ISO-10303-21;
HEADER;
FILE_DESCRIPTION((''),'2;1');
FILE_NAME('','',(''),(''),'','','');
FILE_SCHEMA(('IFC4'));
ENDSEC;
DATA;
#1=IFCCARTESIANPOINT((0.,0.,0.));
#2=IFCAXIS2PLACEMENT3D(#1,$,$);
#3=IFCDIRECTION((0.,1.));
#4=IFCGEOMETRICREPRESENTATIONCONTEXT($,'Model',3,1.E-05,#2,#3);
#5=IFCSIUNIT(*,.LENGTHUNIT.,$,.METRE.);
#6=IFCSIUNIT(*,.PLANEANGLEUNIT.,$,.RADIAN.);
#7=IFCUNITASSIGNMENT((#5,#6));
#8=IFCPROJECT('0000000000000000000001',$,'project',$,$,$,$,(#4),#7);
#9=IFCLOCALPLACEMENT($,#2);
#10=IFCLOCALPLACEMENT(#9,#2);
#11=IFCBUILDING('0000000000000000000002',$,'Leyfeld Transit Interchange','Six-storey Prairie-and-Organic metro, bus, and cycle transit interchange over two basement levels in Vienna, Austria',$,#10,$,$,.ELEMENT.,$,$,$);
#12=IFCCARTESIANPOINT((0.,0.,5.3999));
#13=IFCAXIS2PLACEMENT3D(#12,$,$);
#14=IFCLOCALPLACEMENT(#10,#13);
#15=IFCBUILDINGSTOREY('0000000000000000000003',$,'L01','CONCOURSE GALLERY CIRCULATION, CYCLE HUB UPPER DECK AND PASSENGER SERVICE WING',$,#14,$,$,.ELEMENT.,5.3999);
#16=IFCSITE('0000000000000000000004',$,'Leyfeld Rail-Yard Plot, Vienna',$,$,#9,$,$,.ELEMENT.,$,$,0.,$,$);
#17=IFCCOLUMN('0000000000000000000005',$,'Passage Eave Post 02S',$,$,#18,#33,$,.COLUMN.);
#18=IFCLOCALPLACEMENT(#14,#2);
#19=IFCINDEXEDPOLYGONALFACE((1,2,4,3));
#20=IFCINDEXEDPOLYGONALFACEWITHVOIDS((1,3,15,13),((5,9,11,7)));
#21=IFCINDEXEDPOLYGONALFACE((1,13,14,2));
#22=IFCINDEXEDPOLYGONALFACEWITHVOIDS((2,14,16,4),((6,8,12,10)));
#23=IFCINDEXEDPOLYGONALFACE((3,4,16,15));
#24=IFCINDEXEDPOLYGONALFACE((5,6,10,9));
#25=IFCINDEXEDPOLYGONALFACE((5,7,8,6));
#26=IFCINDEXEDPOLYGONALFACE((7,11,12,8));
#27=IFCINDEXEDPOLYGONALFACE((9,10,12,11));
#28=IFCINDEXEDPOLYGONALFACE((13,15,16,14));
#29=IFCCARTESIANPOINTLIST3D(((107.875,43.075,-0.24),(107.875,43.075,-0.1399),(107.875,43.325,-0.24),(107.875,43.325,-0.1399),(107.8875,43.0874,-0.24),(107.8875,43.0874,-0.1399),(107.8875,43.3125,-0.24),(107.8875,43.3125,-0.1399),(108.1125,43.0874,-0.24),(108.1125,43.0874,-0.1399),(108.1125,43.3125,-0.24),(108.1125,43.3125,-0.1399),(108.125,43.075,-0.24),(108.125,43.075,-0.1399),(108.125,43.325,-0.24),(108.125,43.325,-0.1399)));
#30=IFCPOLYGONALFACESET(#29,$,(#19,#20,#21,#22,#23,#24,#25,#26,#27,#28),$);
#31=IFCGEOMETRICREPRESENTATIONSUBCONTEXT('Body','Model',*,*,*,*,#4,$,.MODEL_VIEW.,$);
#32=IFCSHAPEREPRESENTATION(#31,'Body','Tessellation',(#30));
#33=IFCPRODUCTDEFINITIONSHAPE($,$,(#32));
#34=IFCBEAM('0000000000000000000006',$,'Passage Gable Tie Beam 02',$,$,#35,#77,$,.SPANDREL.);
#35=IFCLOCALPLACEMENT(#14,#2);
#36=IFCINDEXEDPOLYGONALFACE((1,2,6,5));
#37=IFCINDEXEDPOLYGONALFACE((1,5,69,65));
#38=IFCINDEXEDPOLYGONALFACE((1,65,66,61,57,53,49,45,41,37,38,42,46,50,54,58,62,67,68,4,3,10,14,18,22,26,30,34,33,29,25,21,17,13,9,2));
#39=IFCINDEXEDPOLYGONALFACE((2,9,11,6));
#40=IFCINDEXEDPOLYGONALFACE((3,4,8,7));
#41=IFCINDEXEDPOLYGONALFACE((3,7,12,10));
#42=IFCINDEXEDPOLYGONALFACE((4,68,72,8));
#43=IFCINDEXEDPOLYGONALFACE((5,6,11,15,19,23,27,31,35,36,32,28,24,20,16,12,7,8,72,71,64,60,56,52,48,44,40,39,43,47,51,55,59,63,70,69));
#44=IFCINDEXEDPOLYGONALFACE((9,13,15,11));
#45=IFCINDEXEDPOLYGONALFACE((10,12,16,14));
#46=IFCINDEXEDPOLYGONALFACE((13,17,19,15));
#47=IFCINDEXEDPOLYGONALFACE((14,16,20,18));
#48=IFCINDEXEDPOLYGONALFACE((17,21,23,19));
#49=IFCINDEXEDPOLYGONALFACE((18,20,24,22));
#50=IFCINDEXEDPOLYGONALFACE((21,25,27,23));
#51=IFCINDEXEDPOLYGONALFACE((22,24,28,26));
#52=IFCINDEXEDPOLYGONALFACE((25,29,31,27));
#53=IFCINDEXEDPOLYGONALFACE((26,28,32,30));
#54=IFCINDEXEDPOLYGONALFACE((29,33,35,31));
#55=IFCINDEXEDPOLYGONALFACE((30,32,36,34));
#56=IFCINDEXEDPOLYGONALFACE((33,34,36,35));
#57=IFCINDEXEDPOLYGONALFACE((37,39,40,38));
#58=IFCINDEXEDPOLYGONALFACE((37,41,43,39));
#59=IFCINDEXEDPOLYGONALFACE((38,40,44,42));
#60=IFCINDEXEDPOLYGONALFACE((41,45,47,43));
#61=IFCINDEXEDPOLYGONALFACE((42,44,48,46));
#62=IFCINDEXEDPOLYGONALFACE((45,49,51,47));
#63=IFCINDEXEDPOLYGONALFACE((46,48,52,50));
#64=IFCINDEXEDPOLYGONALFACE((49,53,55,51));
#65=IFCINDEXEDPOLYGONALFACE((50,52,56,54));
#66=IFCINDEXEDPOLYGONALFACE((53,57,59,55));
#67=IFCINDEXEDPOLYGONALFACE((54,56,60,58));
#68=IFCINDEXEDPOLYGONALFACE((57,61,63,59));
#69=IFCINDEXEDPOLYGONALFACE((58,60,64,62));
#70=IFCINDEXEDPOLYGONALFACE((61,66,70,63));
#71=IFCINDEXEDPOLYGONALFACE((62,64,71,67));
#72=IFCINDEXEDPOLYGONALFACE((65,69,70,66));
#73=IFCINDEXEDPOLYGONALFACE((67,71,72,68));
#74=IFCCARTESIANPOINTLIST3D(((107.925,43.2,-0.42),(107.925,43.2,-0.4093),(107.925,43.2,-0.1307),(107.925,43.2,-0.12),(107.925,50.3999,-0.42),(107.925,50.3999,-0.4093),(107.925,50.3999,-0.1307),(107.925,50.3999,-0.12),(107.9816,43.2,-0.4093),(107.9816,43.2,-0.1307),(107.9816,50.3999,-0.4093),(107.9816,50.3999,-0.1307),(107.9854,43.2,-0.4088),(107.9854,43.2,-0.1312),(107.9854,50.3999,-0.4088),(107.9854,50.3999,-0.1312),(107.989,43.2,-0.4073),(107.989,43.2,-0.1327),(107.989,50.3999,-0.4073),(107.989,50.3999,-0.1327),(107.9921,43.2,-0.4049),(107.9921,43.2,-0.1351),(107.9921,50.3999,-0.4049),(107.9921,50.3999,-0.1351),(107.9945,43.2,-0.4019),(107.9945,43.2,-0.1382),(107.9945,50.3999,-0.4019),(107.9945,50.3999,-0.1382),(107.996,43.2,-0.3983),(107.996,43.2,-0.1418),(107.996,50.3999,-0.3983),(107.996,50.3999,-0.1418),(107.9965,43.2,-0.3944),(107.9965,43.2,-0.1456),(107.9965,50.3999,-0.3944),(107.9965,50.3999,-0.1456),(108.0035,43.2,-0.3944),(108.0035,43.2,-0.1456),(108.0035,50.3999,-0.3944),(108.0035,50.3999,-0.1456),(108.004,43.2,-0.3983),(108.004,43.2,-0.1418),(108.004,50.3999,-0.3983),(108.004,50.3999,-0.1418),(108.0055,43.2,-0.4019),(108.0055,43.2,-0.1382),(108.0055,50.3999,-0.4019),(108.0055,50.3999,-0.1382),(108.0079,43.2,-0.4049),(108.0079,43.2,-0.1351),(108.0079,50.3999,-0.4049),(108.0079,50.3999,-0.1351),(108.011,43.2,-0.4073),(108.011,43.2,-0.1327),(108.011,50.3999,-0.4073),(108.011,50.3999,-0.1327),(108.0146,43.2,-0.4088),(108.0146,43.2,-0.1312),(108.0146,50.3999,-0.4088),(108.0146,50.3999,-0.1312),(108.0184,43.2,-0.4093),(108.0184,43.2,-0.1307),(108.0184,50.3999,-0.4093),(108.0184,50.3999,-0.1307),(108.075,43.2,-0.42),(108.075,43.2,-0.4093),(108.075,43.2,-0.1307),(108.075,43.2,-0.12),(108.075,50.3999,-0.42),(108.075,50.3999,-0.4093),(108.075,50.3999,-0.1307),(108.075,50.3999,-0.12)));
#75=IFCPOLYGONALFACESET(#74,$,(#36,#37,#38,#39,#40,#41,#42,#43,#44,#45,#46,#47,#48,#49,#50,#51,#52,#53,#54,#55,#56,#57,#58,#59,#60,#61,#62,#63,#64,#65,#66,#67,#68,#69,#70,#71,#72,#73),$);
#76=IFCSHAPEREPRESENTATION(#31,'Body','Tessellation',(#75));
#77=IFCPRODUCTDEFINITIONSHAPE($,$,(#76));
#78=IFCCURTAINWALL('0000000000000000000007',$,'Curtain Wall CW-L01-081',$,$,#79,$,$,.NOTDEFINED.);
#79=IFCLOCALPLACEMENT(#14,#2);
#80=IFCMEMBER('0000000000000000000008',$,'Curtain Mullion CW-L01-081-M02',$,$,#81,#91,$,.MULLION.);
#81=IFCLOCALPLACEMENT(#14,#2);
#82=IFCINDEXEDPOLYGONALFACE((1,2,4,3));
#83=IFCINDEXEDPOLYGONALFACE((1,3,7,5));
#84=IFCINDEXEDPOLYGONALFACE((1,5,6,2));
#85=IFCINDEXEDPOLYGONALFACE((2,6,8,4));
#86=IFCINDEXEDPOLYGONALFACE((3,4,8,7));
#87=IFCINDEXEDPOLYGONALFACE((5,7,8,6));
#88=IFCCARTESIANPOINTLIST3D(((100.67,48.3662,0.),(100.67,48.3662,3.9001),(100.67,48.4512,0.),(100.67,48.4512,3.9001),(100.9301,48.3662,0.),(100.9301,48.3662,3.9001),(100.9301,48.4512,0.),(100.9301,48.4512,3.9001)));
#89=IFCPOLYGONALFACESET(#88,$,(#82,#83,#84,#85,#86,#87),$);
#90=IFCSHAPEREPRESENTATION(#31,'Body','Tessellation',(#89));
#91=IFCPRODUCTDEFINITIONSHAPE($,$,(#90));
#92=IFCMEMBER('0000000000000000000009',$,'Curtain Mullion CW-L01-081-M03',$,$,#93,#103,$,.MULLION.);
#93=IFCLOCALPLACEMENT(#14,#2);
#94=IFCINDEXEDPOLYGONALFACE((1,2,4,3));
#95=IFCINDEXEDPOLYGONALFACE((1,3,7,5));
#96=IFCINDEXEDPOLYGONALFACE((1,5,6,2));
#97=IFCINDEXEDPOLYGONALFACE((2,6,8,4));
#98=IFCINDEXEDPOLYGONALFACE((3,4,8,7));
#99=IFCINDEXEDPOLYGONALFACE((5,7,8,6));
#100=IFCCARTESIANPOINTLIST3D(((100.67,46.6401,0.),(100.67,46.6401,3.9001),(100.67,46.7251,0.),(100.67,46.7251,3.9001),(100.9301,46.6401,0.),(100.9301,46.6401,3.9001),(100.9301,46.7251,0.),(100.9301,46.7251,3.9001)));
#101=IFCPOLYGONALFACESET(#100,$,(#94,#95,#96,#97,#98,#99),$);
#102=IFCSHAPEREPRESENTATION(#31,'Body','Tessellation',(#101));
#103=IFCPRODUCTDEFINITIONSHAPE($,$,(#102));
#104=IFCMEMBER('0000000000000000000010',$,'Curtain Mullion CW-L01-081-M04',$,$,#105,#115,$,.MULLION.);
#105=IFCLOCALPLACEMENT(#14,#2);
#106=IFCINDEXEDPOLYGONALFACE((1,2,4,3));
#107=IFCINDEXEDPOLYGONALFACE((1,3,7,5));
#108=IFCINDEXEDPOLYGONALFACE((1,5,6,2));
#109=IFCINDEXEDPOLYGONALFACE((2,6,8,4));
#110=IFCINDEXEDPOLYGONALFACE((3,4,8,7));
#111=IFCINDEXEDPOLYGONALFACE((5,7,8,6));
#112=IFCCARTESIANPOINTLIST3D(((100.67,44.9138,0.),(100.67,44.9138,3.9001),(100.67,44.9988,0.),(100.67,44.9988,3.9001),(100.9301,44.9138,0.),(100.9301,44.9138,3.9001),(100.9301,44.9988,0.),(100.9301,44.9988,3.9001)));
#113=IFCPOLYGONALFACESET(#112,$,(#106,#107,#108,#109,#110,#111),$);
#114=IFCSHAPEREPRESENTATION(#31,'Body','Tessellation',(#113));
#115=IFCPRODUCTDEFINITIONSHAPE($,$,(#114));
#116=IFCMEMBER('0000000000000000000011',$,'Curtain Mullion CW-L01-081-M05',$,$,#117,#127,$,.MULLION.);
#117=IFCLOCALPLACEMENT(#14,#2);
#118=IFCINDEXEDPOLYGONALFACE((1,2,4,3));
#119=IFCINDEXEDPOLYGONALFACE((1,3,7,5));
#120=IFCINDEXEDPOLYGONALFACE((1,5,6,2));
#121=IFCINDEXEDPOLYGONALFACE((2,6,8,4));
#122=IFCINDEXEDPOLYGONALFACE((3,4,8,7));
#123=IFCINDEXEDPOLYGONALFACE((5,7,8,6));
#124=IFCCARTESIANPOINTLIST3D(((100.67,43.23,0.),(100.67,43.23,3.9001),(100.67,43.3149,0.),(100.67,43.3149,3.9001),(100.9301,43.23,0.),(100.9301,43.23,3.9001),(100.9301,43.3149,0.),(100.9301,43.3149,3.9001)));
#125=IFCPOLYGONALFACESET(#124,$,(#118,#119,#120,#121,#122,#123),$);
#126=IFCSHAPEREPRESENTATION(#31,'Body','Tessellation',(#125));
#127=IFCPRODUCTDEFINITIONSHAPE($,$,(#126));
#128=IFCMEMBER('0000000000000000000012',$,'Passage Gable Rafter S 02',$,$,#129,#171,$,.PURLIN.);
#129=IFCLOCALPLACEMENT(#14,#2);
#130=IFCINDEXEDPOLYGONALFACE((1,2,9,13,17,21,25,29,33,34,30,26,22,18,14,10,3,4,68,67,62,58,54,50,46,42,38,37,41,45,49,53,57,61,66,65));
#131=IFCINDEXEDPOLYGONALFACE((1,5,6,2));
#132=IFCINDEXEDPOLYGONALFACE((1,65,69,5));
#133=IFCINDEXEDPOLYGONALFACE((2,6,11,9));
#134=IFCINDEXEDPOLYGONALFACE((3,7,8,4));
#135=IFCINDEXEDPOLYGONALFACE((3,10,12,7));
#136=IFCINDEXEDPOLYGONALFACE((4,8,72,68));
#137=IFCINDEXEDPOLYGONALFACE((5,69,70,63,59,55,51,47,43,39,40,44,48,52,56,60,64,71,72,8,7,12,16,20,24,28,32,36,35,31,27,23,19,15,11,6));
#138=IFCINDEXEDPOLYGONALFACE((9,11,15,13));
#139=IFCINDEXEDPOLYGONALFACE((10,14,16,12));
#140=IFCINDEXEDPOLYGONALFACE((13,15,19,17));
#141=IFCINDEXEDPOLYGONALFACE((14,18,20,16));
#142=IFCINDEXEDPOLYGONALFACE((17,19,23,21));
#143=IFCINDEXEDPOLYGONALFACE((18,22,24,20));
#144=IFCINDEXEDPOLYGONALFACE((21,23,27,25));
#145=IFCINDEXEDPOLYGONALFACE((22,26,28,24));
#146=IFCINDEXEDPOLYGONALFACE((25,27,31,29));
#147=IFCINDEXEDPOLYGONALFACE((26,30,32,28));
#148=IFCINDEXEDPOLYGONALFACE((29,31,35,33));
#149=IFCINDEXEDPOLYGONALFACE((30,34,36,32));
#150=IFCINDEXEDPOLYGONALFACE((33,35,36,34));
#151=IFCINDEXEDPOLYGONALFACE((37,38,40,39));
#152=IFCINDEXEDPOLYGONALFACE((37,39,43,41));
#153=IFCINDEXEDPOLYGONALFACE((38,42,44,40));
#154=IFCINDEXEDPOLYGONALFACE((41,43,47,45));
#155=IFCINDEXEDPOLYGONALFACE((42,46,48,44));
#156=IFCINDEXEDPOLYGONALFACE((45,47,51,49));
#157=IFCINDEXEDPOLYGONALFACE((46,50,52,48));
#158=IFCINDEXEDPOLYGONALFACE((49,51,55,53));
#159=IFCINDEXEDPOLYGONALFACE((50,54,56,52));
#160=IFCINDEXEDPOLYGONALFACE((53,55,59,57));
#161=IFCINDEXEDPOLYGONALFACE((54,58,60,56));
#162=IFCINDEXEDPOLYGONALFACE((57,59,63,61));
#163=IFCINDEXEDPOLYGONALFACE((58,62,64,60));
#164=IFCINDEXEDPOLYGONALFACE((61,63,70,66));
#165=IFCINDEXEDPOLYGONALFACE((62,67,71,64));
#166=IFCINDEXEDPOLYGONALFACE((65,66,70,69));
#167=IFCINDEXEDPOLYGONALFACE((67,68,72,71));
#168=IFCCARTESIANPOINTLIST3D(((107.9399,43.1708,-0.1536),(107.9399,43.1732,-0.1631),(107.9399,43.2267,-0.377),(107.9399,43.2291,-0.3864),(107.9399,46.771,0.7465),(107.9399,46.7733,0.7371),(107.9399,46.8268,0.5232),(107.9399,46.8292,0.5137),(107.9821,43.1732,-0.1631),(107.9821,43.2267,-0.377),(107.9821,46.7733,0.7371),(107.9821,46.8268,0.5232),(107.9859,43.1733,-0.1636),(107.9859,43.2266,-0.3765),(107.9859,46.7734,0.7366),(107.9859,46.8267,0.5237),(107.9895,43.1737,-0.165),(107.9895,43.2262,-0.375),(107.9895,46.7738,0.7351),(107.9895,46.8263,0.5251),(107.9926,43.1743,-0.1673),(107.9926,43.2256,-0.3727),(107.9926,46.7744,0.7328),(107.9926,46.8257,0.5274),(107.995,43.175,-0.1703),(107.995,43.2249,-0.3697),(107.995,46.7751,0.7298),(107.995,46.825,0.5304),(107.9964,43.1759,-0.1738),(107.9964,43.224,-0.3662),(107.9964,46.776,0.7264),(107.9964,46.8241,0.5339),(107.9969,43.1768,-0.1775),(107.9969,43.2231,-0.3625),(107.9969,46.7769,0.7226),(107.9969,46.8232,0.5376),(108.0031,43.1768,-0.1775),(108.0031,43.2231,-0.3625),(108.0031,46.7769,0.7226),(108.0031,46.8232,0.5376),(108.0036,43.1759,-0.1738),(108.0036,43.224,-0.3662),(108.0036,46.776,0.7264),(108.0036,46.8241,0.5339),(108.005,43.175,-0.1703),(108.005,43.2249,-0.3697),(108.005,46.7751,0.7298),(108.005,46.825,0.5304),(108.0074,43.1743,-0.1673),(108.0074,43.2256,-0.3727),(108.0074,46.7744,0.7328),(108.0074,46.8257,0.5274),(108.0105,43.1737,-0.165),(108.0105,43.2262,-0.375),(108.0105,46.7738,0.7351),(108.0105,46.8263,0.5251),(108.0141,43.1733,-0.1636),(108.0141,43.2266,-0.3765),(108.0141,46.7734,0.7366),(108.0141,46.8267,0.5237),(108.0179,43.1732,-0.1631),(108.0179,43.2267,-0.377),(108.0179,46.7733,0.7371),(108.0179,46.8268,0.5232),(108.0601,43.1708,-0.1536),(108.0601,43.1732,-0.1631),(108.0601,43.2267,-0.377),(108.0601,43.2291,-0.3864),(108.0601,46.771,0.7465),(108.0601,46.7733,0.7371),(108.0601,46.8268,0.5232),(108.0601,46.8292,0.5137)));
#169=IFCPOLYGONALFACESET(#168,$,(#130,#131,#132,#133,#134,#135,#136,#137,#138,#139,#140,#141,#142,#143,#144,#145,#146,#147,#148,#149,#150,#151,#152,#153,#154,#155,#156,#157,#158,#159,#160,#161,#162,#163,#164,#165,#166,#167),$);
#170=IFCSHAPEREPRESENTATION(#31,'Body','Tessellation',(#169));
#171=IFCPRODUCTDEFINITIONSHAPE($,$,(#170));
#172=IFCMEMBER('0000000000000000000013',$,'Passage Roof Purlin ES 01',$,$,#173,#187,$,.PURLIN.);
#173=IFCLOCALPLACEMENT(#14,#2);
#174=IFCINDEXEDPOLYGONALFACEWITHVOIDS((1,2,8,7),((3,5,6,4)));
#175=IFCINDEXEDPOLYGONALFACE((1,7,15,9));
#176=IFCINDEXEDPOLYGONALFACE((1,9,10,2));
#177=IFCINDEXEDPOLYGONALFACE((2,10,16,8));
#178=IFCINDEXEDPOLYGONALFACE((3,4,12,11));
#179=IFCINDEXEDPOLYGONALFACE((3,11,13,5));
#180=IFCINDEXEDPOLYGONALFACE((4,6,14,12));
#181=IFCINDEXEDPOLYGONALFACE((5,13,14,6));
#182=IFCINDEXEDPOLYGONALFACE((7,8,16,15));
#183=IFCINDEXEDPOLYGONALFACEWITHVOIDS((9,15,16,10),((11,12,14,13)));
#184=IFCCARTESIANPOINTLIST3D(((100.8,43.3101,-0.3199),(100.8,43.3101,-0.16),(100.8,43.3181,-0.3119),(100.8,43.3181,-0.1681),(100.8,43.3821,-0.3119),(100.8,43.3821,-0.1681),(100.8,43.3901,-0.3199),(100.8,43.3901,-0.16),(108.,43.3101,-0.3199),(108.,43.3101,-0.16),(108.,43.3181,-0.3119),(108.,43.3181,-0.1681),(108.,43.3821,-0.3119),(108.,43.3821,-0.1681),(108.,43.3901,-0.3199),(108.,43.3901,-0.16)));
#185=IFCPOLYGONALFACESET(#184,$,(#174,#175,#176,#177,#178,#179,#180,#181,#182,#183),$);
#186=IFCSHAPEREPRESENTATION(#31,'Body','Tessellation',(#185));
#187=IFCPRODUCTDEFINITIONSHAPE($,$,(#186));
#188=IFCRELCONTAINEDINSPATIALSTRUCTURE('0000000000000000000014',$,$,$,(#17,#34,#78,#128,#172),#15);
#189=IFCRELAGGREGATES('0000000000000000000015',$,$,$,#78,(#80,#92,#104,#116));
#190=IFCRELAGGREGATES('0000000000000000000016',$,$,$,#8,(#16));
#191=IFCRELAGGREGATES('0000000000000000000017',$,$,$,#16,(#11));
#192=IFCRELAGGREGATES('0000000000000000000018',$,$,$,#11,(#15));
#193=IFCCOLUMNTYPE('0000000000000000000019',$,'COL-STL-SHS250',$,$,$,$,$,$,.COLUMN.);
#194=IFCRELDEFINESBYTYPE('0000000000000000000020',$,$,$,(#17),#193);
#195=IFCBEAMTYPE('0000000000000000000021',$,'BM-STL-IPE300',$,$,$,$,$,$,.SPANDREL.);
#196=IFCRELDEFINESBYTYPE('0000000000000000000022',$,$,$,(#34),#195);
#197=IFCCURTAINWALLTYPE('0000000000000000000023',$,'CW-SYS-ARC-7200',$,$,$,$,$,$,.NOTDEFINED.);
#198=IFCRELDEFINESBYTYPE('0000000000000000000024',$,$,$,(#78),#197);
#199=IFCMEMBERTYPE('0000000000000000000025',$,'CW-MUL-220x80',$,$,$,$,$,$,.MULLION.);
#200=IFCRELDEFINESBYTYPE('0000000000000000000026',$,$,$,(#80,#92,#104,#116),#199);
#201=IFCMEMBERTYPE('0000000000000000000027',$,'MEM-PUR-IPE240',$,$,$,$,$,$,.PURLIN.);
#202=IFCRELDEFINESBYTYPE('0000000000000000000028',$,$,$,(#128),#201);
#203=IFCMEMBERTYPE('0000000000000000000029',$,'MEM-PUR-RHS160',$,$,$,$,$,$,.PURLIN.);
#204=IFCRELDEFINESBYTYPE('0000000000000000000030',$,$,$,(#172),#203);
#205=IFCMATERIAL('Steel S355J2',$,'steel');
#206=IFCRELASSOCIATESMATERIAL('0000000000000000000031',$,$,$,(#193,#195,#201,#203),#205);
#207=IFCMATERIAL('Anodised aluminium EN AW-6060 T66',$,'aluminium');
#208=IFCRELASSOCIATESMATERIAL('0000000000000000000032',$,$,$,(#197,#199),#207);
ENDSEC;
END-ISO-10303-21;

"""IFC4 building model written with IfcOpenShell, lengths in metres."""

from ifc_helpers import new_model, si_unit, direction, frame, origin, origin_2d, place, context, subcontext, project, spatial, rectangle, hollow_rectangle, i_section, extrude, material, material_profile, profile_set, type_object, element, aggregate, save


model = new_model("IFC4")

# Units and contexts
model_context = context("Model", 3, precision=1e-05, world=origin(), true_north=direction((0.0, 1.0)))
body_context = subcontext(model_context, "Body", "Model", "MODEL_VIEW")
ifc_project = project(units=[si_unit("LENGTHUNIT", "METRE"), si_unit("PLANEANGLEUNIT", "RADIAN")], contexts=[model_context])

# Site, building, storey
site_placement = place(None, origin())
site = spatial("IfcSite", under=ifc_project, at=site_placement, Name="Leyfeld Rail-Yard Plot, Vienna", CompositionType="ELEMENT", RefElevation=0.0)
building_placement = place(site_placement, origin())
building = spatial("IfcBuilding", under=site, at=building_placement, Name="Leyfeld Transit Interchange", Description="Six-storey Prairie-and-Organic metro, bus, and cycle transit interchange over two basement levels in Vienna, Austria", CompositionType="ELEMENT")
storey_placement = place(building_placement, frame((0.0, 0.0, 5.3999)))
storey = spatial("IfcBuildingStorey", under=building, at=storey_placement, Name="L01", Description="CONCOURSE GALLERY CIRCULATION, CYCLE HUB UPPER DECK AND PASSENGER SERVICE WING", CompositionType="ELEMENT", Elevation=5.3999)

# Column
ifc_material_1 = material(Name="Steel S355J2", Category="steel")
ifc_material_profile_1 = material_profile(ifc_material_1, hollow_rectangle(XDim=0.25, YDim=0.25, WallThickness=0.0125, at=origin_2d()), Name="SHS 250x250x12.5")
ifc_profile_set_1 = profile_set([ifc_material_profile_1], Name="Steel S355J2")
column_type = type_object("IfcColumnType", Name="COL-STL-SHS250", PredefinedType="COLUMN", material=ifc_profile_set_1)
column_placement = place(storey_placement, frame((108.0, 43.2, -0.24), z_axis=(0.0, 0.0, 1.0), x_axis=(1.0, 0.0, 0.0)))
element("IfcColumn", 1, at=column_placement, inside=storey, type_object=column_type, Name="Passage Eave Post 02S", PredefinedType="COLUMN", context=body_context, shape_type="SweptSolid", body=[
    extrude(hollow_rectangle(XDim=0.25, YDim=0.25, WallThickness=0.0125, at=origin_2d()), origin(), (0.0, 0.0, 1.0), 0.1001),
])

# Beam
ifc_material_profile_2 = material_profile(ifc_material_1, i_section(OverallWidth=0.1499, OverallDepth=0.3, WebThickness=0.0071, FlangeThickness=0.0107, FilletRadius=0.0149, at=origin_2d()), Name="IPE 300")
ifc_profile_set_2 = profile_set([ifc_material_profile_2], Name="Steel S355J2")
beam_type = type_object("IfcBeamType", Name="BM-STL-IPE300", PredefinedType="SPANDREL", material=ifc_profile_set_2)
beam_placement = place(storey_placement, frame((108.0, 43.2, -0.27), z_axis=(0.0, 1.0, 0.0), x_axis=(-1.0, 0.0, 0.0)))
element("IfcBeam", 2, at=beam_placement, inside=storey, type_object=beam_type, Name="Passage Gable Tie Beam 02", PredefinedType="SPANDREL", context=body_context, shape_type="SweptSolid", body=[
    extrude(i_section(OverallWidth=0.1499, OverallDepth=0.3, WebThickness=0.0071, FlangeThickness=0.0107, FilletRadius=0.0149, at=origin_2d()), origin(), (0.0, 0.0, 1.0), 7.2),
])

# Curtain wall, members
ifc_material_2 = material(Name="Anodised aluminium EN AW-6060 T66", Category="aluminium")
curtain_wall_type = type_object("IfcCurtainWallType", Name="CW-SYS-ARC-7200", PredefinedType="NOTDEFINED", material=ifc_material_2)
curtain_wall_placement = place(storey_placement, origin())
curtain_wall = element("IfcCurtainWall", 3, at=curtain_wall_placement, inside=storey, type_object=curtain_wall_type, Name="Curtain Wall CW-L01-081", PredefinedType="NOTDEFINED")
ifc_material_profile_3 = material_profile(ifc_material_2, rectangle(XDim=0.085, YDim=0.26, at=origin_2d()), Name="CW-M 85x260")
ifc_profile_set_3 = profile_set([ifc_material_profile_3], Name="Anodised aluminium EN AW-6060 T66")
member_type_1 = type_object("IfcMemberType", Name="CW-MUL-220x80", PredefinedType="MULLION", material=ifc_profile_set_3)
member_1_placement = place(storey_placement, frame((100.8, 48.4087, 0.0), z_axis=(0.0, 0.0, 1.0), x_axis=(0.0, -1.0, 0.0)))
member_1 = element("IfcMember", 4, at=member_1_placement, type_object=member_type_1, Name="Curtain Mullion CW-L01-081-M02", PredefinedType="MULLION", context=body_context, shape_type="SweptSolid", body=[
    extrude(rectangle(XDim=0.085, YDim=0.26, at=origin_2d()), origin(), (0.0, 0.0, 1.0), 3.9001),
])
member_2_placement = place(storey_placement, frame((100.8, 46.6826, 0.0), z_axis=(0.0, 0.0, 1.0), x_axis=(0.0, -1.0, 0.0)))
member_2 = element("IfcMember", 5, at=member_2_placement, type_object=member_type_1, Name="Curtain Mullion CW-L01-081-M03", PredefinedType="MULLION", context=body_context, shape_type="SweptSolid", body=[
    extrude(rectangle(XDim=0.085, YDim=0.26, at=origin_2d()), origin(), (0.0, 0.0, 1.0), 3.9001),
])
member_3_placement = place(storey_placement, frame((100.8, 44.9563, 0.0), z_axis=(0.0, 0.0, 1.0), x_axis=(0.0, -1.0, 0.0)))
member_3 = element("IfcMember", 6, at=member_3_placement, type_object=member_type_1, Name="Curtain Mullion CW-L01-081-M04", PredefinedType="MULLION", context=body_context, shape_type="SweptSolid", body=[
    extrude(rectangle(XDim=0.085, YDim=0.26, at=origin_2d()), origin(), (0.0, 0.0, 1.0), 3.9001),
])
member_4_placement = place(storey_placement, frame((100.8, 43.2725, 0.0), z_axis=(0.0, 0.0, 1.0), x_axis=(0.0, -1.0, 0.0)))
member_4 = element("IfcMember", 7, at=member_4_placement, type_object=member_type_1, Name="Curtain Mullion CW-L01-081-M05", PredefinedType="MULLION", context=body_context, shape_type="SweptSolid", body=[
    extrude(rectangle(XDim=0.085, YDim=0.26, at=origin_2d()), origin(), (0.0, 0.0, 1.0), 3.9001),
])

# Members
ifc_material_profile_4 = material_profile(ifc_material_1, i_section(OverallWidth=0.1201, OverallDepth=0.24, WebThickness=0.0061, FlangeThickness=0.0098, FilletRadius=0.0149, at=origin_2d()), Name="IPE 240")
ifc_profile_set_4 = profile_set([ifc_material_profile_4], Name="Steel S355J2")
member_type_2 = type_object("IfcMemberType", Name="MEM-PUR-IPE240", PredefinedType="PURLIN", material=ifc_profile_set_4)
member_5_placement = place(storey_placement, frame((108.0, 43.2, -0.27), z_axis=(0.0, 0.970135, 0.242567), x_axis=(-1.0, 0.0, 0.0)))
element("IfcMember", 8, at=member_5_placement, inside=storey, type_object=member_type_2, Name="Passage Gable Rafter S 02", PredefinedType="PURLIN", context=body_context, shape_type="SweptSolid", body=[
    extrude(i_section(OverallWidth=0.1201, OverallDepth=0.24, WebThickness=0.0061, FlangeThickness=0.0098, FilletRadius=0.0149, at=origin_2d()), origin(), (0.0, 0.0, 1.0), 3.7109),
])
ifc_material_profile_5 = material_profile(ifc_material_1, hollow_rectangle(XDim=0.0801, YDim=0.1599, WallThickness=0.0081, at=origin_2d()), Name="RHS 160x80x8")
ifc_profile_set_5 = profile_set([ifc_material_profile_5], Name="Steel S355J2")
member_type_3 = type_object("IfcMemberType", Name="MEM-PUR-RHS160", PredefinedType="PURLIN", material=ifc_profile_set_5)
for number, where, z_axis, x_axis, name in (
    (9, (100.8, 43.3501, -0.24), (1.0, 0.0, 0.0), (0.0, 1.0, 0.0), "Passage Roof Purlin ES 01"),
):
    element("IfcMember", number, at=place(storey_placement, frame(where, z_axis=z_axis, x_axis=x_axis)), inside=storey, type_object=member_type_3, Name=name, PredefinedType="PURLIN", context=body_context, shape_type="SweptSolid", body=[
        extrude(hollow_rectangle(XDim=0.0801, YDim=0.1599, WallThickness=0.0081, at=origin_2d()), origin(), (0.0, 0.0, 1.0), 7.2),
    ])

aggregate(curtain_wall, [member_1, member_2, member_3, member_4])

save(model, "model.ifc")
